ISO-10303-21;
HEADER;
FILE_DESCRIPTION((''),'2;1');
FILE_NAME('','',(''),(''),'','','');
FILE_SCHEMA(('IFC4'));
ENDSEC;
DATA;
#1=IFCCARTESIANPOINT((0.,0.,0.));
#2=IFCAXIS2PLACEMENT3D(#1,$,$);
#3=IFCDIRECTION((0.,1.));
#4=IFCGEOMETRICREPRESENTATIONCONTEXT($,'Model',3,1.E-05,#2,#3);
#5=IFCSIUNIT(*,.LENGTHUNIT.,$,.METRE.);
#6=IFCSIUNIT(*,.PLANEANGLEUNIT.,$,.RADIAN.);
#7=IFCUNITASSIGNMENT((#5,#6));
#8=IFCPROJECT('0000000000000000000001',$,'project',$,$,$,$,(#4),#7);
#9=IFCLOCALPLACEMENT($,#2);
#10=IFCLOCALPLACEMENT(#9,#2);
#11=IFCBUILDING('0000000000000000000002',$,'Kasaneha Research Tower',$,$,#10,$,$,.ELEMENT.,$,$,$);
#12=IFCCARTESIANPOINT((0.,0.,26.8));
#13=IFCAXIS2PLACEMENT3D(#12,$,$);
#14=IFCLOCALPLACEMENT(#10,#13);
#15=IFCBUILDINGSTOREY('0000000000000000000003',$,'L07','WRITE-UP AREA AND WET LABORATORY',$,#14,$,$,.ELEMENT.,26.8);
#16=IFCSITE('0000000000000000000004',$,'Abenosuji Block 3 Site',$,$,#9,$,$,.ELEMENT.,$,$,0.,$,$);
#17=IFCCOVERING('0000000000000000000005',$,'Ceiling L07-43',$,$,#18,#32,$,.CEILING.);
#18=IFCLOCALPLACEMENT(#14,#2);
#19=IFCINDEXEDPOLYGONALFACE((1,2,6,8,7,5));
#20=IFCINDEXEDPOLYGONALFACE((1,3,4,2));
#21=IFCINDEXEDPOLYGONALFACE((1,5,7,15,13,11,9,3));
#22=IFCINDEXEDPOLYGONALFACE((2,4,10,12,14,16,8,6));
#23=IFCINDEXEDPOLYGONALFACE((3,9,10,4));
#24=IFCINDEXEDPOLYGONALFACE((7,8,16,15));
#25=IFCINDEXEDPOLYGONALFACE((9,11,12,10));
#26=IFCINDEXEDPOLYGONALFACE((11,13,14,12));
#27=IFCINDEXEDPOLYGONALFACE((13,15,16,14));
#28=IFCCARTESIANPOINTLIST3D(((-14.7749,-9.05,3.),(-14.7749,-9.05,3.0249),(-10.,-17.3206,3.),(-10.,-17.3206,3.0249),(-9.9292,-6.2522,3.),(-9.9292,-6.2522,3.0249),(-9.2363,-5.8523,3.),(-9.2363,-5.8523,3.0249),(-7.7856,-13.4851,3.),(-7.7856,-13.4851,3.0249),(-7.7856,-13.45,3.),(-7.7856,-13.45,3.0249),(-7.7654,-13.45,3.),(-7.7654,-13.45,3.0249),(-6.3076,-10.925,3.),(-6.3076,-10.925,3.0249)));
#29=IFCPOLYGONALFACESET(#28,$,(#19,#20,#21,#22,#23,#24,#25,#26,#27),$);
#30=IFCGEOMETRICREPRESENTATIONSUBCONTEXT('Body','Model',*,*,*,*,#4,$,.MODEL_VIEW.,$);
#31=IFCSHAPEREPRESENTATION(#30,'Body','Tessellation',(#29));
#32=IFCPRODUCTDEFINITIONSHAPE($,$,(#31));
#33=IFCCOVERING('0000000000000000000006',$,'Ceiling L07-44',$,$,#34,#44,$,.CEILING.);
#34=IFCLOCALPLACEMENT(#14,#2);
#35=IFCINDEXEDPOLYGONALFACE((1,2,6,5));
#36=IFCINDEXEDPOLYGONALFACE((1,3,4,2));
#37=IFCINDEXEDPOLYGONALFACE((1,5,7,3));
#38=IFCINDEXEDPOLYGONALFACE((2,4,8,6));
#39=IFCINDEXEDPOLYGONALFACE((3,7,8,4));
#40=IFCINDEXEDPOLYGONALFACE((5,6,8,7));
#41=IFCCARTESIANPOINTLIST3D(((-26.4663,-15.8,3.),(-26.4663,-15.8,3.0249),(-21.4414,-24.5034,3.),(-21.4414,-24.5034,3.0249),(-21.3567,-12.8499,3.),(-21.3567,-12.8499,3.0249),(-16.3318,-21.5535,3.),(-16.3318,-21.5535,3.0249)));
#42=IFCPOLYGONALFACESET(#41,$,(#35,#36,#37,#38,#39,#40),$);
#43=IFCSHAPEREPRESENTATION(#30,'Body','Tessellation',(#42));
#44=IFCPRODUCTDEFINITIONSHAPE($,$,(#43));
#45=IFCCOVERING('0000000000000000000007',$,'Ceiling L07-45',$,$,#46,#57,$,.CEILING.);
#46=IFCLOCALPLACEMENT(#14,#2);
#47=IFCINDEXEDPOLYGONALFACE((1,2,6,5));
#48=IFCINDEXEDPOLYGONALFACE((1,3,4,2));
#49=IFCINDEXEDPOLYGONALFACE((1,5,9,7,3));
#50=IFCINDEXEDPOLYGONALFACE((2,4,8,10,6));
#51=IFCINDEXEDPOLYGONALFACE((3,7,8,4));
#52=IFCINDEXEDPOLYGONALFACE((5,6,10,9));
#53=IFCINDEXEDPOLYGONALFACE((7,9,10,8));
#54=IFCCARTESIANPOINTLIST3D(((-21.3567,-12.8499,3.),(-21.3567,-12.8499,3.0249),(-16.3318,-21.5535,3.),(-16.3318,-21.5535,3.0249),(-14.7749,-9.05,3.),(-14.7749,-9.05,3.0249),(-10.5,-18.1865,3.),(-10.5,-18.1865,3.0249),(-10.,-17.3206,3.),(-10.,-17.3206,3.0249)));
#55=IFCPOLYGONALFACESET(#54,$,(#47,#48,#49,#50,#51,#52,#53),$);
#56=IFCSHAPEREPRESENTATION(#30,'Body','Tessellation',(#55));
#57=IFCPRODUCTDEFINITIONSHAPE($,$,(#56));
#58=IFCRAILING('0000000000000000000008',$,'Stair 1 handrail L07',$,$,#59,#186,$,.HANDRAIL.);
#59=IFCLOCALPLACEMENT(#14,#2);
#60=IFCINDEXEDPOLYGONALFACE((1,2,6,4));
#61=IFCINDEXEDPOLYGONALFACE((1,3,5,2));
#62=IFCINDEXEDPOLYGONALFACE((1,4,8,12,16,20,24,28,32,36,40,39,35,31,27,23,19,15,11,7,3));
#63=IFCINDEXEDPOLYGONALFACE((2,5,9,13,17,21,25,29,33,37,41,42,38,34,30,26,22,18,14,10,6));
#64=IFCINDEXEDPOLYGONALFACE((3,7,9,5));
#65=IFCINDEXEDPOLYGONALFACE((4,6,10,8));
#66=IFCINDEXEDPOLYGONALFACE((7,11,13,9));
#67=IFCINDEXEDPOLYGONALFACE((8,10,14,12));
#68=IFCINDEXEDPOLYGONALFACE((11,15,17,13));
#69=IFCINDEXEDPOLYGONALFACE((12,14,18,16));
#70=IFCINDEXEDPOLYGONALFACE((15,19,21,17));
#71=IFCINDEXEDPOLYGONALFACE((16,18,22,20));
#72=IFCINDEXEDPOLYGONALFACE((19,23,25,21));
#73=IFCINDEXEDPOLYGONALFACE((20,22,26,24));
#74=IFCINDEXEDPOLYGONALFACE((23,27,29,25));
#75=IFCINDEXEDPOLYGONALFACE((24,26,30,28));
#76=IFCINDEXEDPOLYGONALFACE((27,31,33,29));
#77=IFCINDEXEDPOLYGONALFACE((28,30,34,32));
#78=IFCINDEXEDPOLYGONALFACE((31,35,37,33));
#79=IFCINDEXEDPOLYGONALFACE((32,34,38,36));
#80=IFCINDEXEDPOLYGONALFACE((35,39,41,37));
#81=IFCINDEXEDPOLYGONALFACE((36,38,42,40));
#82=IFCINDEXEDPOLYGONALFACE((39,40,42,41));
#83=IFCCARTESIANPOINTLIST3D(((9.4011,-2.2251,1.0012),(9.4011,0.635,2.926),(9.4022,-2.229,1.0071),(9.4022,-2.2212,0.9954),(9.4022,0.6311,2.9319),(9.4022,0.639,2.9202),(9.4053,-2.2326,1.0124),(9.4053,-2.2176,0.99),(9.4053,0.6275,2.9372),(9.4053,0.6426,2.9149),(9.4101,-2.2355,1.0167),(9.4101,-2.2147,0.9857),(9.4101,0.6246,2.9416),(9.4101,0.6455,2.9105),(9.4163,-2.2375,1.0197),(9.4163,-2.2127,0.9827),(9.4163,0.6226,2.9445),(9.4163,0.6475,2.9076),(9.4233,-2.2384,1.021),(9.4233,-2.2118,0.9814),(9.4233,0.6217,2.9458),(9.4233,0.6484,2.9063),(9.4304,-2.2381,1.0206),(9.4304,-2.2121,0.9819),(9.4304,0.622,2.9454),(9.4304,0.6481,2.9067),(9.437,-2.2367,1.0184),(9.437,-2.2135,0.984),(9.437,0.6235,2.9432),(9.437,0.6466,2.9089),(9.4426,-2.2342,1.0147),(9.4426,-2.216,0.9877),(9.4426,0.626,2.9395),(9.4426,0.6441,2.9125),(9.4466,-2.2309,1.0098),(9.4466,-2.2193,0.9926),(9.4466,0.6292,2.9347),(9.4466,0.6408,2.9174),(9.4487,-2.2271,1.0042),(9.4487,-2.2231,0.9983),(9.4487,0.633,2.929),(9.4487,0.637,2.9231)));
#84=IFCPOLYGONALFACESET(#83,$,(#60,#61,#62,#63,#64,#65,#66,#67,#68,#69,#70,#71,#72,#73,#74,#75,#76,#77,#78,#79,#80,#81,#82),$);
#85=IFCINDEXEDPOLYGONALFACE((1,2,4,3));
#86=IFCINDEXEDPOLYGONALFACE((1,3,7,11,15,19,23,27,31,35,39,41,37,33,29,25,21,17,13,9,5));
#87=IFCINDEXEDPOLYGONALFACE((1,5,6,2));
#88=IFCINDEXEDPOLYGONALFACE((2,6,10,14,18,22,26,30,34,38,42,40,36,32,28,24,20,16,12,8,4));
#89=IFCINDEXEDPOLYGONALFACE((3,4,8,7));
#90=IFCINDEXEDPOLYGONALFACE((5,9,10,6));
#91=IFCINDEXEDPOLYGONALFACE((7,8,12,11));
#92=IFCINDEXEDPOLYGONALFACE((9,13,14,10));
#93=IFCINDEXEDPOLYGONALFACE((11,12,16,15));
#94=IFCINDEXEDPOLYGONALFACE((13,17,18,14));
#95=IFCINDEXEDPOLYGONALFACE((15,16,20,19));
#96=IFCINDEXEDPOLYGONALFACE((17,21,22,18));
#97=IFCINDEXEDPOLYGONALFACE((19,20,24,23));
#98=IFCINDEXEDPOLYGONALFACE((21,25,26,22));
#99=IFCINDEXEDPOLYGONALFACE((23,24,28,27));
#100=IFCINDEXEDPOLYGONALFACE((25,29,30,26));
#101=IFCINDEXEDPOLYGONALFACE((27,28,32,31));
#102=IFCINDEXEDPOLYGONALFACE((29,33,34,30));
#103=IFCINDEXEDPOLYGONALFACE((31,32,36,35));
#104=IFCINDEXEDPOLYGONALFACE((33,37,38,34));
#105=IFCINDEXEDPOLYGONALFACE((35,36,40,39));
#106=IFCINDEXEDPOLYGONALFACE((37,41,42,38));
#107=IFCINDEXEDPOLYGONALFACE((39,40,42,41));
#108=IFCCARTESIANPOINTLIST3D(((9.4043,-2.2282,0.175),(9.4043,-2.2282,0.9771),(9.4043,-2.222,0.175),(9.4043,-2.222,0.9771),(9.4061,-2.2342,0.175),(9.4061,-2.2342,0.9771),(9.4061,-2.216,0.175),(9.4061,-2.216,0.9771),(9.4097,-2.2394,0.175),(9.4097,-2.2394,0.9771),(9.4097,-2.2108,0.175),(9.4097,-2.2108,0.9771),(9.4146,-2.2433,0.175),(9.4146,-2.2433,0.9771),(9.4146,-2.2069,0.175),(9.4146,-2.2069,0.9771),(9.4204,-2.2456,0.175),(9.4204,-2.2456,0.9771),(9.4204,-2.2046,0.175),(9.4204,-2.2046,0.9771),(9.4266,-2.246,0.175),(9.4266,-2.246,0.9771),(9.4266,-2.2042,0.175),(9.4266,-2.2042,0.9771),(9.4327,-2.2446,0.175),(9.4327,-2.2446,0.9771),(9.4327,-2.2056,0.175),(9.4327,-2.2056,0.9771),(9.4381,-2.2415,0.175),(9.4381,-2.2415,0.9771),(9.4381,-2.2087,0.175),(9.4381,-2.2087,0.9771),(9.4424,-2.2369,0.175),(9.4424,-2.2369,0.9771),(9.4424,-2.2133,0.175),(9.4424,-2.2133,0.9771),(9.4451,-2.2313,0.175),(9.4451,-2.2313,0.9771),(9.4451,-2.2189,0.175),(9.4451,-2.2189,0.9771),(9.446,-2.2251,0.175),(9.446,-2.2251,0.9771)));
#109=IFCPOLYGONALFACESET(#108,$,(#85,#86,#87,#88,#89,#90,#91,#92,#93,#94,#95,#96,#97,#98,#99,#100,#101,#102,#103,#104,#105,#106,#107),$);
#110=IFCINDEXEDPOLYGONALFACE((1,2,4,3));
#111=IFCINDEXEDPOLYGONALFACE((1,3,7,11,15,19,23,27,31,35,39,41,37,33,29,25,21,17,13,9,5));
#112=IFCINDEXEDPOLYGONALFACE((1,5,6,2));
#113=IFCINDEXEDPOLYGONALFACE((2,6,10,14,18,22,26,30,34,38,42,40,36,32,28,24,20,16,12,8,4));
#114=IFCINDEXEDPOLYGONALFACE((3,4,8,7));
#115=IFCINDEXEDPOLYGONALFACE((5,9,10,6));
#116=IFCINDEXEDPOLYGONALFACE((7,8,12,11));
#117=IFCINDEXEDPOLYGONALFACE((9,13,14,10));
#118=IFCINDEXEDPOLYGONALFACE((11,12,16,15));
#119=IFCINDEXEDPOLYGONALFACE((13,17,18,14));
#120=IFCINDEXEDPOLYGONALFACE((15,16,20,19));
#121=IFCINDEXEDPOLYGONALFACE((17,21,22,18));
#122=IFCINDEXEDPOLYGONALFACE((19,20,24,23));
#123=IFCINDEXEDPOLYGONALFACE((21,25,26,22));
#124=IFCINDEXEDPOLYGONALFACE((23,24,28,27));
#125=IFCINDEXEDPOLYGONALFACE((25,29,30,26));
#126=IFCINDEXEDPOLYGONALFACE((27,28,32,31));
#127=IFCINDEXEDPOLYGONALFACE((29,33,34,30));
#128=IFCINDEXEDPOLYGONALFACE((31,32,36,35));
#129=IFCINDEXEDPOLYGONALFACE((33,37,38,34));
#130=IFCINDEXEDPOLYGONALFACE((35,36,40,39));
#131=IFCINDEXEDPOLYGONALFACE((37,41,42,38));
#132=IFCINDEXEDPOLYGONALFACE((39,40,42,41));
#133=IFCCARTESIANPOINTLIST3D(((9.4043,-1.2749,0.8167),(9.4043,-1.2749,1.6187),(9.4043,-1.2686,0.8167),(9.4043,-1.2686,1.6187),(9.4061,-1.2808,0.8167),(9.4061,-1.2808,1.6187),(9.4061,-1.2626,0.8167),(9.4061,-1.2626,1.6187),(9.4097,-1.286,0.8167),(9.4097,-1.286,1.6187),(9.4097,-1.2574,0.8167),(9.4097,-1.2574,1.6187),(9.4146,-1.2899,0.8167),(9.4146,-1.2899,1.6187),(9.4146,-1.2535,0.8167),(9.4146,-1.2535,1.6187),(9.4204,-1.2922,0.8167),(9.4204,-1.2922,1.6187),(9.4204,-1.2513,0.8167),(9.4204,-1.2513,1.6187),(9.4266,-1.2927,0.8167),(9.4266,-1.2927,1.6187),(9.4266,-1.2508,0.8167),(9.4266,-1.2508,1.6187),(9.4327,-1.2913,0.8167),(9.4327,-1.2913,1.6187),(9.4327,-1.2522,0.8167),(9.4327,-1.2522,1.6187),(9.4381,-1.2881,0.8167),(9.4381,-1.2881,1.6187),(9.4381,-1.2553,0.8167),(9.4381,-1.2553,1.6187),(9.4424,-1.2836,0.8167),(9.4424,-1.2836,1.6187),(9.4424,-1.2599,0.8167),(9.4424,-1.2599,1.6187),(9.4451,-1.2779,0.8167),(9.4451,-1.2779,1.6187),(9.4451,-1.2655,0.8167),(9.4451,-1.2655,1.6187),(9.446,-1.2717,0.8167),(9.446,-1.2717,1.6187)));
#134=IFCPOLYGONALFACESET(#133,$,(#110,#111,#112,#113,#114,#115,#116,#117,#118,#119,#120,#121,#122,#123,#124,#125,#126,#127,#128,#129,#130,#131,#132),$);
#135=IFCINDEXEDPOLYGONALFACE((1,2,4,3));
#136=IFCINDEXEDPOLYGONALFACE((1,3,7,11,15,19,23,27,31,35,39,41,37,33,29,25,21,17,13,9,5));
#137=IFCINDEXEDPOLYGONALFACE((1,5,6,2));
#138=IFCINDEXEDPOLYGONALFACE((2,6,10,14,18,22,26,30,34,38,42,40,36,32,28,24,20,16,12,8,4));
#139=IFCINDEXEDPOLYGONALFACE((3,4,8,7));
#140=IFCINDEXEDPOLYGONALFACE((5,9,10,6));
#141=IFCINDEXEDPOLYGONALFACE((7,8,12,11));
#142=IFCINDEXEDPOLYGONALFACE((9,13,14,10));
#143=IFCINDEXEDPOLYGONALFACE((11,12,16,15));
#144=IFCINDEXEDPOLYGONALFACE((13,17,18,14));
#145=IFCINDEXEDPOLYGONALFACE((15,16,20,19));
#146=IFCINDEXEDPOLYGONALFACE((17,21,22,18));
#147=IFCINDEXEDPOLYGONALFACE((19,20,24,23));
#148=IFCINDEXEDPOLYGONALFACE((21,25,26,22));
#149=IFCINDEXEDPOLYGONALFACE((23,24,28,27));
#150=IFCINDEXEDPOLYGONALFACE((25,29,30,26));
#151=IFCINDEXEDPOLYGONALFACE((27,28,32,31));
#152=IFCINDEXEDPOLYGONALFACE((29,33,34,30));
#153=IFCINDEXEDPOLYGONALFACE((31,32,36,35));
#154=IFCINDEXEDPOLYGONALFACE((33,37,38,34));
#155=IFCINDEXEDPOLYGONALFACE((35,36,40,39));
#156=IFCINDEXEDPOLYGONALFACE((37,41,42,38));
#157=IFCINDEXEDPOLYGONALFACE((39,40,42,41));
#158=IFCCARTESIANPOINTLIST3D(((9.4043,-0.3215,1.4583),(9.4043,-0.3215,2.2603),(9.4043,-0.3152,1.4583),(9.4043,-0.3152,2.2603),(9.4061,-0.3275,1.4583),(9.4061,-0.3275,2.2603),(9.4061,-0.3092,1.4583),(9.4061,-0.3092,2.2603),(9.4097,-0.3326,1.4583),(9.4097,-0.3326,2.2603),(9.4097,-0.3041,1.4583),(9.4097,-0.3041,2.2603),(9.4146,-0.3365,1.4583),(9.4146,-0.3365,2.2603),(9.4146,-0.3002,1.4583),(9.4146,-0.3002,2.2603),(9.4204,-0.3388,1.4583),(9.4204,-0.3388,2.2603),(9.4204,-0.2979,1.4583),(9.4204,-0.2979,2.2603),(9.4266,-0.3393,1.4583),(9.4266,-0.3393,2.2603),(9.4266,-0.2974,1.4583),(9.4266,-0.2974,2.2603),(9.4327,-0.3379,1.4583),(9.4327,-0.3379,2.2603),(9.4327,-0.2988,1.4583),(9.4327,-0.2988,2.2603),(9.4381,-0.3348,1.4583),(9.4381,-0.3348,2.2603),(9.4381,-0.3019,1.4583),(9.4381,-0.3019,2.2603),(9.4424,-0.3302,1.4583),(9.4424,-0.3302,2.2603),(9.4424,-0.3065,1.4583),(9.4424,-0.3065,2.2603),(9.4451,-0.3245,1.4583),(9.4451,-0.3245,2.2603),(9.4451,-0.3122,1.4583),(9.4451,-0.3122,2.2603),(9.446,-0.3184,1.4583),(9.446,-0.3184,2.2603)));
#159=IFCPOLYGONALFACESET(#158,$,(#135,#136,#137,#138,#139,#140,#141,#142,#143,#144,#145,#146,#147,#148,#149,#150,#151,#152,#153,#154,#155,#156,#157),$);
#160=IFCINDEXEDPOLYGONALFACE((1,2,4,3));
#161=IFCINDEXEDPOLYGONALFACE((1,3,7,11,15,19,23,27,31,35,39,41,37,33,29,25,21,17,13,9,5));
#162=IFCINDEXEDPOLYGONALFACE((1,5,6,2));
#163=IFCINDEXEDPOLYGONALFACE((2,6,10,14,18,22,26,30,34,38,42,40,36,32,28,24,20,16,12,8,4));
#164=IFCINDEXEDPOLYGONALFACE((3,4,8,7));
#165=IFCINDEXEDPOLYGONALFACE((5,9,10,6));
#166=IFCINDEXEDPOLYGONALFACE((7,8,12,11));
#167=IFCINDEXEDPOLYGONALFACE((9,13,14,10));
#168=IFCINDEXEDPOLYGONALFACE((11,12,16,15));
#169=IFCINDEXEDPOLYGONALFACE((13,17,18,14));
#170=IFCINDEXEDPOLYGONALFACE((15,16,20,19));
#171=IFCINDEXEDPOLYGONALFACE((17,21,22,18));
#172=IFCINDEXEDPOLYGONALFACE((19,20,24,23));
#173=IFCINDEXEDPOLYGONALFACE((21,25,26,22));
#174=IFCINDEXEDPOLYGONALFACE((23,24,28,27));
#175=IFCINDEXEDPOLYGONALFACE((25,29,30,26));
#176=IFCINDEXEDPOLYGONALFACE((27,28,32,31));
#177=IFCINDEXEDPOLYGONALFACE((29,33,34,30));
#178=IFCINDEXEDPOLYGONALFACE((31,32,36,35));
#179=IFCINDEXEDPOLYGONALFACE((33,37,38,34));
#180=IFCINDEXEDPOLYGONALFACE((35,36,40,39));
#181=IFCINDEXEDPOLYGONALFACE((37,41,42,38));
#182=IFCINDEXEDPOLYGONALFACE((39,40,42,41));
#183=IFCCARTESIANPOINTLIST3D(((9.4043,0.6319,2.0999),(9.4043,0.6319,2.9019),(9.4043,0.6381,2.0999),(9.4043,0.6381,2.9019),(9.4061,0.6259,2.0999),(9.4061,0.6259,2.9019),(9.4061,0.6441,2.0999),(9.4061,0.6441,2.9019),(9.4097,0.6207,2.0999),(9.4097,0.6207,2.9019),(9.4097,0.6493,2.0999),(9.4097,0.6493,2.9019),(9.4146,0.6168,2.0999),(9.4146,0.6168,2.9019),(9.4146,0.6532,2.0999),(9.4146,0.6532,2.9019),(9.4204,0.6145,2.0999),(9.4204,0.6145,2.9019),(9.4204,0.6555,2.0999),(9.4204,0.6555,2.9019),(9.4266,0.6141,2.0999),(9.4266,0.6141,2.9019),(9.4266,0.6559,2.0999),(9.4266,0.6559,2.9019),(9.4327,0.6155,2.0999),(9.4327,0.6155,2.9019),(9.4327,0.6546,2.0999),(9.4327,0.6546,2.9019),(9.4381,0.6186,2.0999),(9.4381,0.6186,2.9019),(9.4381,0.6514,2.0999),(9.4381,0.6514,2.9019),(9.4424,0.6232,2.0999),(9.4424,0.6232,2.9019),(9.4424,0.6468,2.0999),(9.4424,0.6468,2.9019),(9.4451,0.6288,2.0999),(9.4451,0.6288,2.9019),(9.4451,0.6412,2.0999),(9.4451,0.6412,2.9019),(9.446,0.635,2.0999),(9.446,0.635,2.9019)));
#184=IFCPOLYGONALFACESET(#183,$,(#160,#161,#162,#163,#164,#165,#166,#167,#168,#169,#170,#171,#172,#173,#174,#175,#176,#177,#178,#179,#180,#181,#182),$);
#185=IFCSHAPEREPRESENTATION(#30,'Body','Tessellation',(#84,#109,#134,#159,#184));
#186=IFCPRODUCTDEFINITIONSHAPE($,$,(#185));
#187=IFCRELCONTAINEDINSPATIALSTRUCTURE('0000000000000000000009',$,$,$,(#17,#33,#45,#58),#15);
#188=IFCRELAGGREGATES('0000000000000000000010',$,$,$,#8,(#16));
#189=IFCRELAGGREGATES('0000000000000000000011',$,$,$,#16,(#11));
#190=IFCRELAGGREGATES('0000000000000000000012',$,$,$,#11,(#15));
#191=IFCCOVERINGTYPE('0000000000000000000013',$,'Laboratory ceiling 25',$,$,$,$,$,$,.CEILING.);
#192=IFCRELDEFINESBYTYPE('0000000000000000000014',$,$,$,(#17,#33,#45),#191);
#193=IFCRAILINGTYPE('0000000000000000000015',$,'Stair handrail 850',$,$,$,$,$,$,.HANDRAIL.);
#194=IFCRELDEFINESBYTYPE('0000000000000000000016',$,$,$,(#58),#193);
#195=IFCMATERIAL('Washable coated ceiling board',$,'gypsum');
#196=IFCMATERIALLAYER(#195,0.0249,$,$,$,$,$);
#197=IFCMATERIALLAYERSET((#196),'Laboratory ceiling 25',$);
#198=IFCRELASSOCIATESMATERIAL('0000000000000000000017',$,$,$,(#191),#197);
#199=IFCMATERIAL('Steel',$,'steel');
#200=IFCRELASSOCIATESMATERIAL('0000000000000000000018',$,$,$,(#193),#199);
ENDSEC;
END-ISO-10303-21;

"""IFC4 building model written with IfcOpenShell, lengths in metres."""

from ifc_helpers import new_model, si_unit, direction, frame, origin, origin_2d, place, context, subcontext, project, spatial, polyline, circle, outline, extrude, material, layer, layer_set, type_object, element, save


model = new_model("IFC4")

# Units and contexts
model_context = context("Model", 3, precision=1e-05, world=origin(), true_north=direction((0.0, 1.0)))
body_context = subcontext(model_context, "Body", "Model", "MODEL_VIEW")
ifc_project = project(units=[si_unit("LENGTHUNIT", "METRE"), si_unit("PLANEANGLEUNIT", "RADIAN")], contexts=[model_context])

# Site, building, storey
site_placement = place(None, origin())
site = spatial("IfcSite", under=ifc_project, at=site_placement, Name="Abenosuji Block 3 Site", CompositionType="ELEMENT", RefElevation=0.0)
building_placement = place(site_placement, origin())
building = spatial("IfcBuilding", under=site, at=building_placement, Name="Kasaneha Research Tower", CompositionType="ELEMENT")
storey_placement = place(building_placement, frame((0.0, 0.0, 26.8)))
storey = spatial("IfcBuildingStorey", under=building, at=storey_placement, Name="L07", Description="WRITE-UP AREA AND WET LABORATORY", CompositionType="ELEMENT", Elevation=26.8)

# Coverings
ifc_material_1 = material(Name="Washable coated ceiling board", Category="gypsum")
ifc_layer_1 = layer(ifc_material_1, 0.0249)
ifc_layer_set_1 = layer_set([ifc_layer_1], Name="Laboratory ceiling 25")
covering_type = type_object("IfcCoveringType", Name="Laboratory ceiling 25", PredefinedType="CEILING", material=ifc_layer_set_1)
covering_1_placement = place(storey_placement, frame((0.0, 0.0, 3.0)))
element("IfcCovering", 1, at=covering_1_placement, inside=storey, type_object=covering_type, Name="Ceiling L07-43", PredefinedType="CEILING", context=body_context, shape_type="SweptSolid", body=[
    extrude(outline(polyline([(-9.2363, -5.8523), (-6.3076, -10.925), (-7.7654, -13.45), (-7.7856, -13.45), (-7.7856, -13.4851), (-10.0, -17.3206), (-14.7749, -9.05), (-9.9292, -6.2522), (-9.9292, -6.2522), (-9.2363, -5.8523)])), origin(), (0.0, 0.0, 1.0), 0.0249),
])
covering_2_placement = place(storey_placement, frame((0.0, 0.0, 3.0)))
element("IfcCovering", 2, at=covering_2_placement, inside=storey, type_object=covering_type, Name="Ceiling L07-44", PredefinedType="CEILING", context=body_context, shape_type="SweptSolid", body=[
    extrude(outline(polyline([(-21.4414, -24.5034), (-26.4663, -15.8), (-21.3567, -12.8499), (-16.3318, -21.5535), (-21.4414, -24.5034)])), origin(), (0.0, 0.0, 1.0), 0.0249),
])
covering_3_placement = place(storey_placement, frame((0.0, 0.0, 3.0)))
element("IfcCovering", 3, at=covering_3_placement, inside=storey, type_object=covering_type, Name="Ceiling L07-45", PredefinedType="CEILING", context=body_context, shape_type="SweptSolid", body=[
    extrude(outline(polyline([(-10.5, -18.1865), (-16.3318, -21.5535), (-21.3567, -12.8499), (-14.7749, -9.05), (-10.0, -17.3206), (-10.5, -18.1865)])), origin(), (0.0, 0.0, 1.0), 0.0249),
])

# Railing
ifc_material_2 = material(Name="Steel", Category="steel")
railing_type = type_object("IfcRailingType", Name="Stair handrail 850", PredefinedType="HANDRAIL", material=ifc_material_2)
railing_placement = place(storey_placement, frame((9.425, -2.2251, 0.175)))
element("IfcRailing", 4, at=railing_placement, inside=storey, type_object=railing_type, Name="Stair 1 handrail L07", PredefinedType="HANDRAIL", context=body_context, shape_type="SweptSolid", body=[
    extrude(circle(Radius=0.0239, at=origin_2d()), frame((0.0, 0.0, 0.8262), z_axis=(0.0, 0.829624, 0.558323), x_axis=(-1.0, 0.0, 0.0)), (0.0, 0.0, 1.0), 3.4475),
    extrude(circle(Radius=0.021, at=origin_2d()), origin(), (0.0, 0.0, 1.0), 0.802),
    extrude(circle(Radius=0.021, at=origin_2d()), frame((0.0, 0.9534, 0.6416)), (0.0, 0.0, 1.0), 0.802),
    extrude(circle(Radius=0.021, at=origin_2d()), frame((0.0, 1.9067, 1.2832)), (0.0, 0.0, 1.0), 0.802),
    extrude(circle(Radius=0.021, at=origin_2d()), frame((0.0, 2.8601, 1.9248)), (0.0, 0.0, 1.0), 0.802),
])

save(model, "model.ifc")
